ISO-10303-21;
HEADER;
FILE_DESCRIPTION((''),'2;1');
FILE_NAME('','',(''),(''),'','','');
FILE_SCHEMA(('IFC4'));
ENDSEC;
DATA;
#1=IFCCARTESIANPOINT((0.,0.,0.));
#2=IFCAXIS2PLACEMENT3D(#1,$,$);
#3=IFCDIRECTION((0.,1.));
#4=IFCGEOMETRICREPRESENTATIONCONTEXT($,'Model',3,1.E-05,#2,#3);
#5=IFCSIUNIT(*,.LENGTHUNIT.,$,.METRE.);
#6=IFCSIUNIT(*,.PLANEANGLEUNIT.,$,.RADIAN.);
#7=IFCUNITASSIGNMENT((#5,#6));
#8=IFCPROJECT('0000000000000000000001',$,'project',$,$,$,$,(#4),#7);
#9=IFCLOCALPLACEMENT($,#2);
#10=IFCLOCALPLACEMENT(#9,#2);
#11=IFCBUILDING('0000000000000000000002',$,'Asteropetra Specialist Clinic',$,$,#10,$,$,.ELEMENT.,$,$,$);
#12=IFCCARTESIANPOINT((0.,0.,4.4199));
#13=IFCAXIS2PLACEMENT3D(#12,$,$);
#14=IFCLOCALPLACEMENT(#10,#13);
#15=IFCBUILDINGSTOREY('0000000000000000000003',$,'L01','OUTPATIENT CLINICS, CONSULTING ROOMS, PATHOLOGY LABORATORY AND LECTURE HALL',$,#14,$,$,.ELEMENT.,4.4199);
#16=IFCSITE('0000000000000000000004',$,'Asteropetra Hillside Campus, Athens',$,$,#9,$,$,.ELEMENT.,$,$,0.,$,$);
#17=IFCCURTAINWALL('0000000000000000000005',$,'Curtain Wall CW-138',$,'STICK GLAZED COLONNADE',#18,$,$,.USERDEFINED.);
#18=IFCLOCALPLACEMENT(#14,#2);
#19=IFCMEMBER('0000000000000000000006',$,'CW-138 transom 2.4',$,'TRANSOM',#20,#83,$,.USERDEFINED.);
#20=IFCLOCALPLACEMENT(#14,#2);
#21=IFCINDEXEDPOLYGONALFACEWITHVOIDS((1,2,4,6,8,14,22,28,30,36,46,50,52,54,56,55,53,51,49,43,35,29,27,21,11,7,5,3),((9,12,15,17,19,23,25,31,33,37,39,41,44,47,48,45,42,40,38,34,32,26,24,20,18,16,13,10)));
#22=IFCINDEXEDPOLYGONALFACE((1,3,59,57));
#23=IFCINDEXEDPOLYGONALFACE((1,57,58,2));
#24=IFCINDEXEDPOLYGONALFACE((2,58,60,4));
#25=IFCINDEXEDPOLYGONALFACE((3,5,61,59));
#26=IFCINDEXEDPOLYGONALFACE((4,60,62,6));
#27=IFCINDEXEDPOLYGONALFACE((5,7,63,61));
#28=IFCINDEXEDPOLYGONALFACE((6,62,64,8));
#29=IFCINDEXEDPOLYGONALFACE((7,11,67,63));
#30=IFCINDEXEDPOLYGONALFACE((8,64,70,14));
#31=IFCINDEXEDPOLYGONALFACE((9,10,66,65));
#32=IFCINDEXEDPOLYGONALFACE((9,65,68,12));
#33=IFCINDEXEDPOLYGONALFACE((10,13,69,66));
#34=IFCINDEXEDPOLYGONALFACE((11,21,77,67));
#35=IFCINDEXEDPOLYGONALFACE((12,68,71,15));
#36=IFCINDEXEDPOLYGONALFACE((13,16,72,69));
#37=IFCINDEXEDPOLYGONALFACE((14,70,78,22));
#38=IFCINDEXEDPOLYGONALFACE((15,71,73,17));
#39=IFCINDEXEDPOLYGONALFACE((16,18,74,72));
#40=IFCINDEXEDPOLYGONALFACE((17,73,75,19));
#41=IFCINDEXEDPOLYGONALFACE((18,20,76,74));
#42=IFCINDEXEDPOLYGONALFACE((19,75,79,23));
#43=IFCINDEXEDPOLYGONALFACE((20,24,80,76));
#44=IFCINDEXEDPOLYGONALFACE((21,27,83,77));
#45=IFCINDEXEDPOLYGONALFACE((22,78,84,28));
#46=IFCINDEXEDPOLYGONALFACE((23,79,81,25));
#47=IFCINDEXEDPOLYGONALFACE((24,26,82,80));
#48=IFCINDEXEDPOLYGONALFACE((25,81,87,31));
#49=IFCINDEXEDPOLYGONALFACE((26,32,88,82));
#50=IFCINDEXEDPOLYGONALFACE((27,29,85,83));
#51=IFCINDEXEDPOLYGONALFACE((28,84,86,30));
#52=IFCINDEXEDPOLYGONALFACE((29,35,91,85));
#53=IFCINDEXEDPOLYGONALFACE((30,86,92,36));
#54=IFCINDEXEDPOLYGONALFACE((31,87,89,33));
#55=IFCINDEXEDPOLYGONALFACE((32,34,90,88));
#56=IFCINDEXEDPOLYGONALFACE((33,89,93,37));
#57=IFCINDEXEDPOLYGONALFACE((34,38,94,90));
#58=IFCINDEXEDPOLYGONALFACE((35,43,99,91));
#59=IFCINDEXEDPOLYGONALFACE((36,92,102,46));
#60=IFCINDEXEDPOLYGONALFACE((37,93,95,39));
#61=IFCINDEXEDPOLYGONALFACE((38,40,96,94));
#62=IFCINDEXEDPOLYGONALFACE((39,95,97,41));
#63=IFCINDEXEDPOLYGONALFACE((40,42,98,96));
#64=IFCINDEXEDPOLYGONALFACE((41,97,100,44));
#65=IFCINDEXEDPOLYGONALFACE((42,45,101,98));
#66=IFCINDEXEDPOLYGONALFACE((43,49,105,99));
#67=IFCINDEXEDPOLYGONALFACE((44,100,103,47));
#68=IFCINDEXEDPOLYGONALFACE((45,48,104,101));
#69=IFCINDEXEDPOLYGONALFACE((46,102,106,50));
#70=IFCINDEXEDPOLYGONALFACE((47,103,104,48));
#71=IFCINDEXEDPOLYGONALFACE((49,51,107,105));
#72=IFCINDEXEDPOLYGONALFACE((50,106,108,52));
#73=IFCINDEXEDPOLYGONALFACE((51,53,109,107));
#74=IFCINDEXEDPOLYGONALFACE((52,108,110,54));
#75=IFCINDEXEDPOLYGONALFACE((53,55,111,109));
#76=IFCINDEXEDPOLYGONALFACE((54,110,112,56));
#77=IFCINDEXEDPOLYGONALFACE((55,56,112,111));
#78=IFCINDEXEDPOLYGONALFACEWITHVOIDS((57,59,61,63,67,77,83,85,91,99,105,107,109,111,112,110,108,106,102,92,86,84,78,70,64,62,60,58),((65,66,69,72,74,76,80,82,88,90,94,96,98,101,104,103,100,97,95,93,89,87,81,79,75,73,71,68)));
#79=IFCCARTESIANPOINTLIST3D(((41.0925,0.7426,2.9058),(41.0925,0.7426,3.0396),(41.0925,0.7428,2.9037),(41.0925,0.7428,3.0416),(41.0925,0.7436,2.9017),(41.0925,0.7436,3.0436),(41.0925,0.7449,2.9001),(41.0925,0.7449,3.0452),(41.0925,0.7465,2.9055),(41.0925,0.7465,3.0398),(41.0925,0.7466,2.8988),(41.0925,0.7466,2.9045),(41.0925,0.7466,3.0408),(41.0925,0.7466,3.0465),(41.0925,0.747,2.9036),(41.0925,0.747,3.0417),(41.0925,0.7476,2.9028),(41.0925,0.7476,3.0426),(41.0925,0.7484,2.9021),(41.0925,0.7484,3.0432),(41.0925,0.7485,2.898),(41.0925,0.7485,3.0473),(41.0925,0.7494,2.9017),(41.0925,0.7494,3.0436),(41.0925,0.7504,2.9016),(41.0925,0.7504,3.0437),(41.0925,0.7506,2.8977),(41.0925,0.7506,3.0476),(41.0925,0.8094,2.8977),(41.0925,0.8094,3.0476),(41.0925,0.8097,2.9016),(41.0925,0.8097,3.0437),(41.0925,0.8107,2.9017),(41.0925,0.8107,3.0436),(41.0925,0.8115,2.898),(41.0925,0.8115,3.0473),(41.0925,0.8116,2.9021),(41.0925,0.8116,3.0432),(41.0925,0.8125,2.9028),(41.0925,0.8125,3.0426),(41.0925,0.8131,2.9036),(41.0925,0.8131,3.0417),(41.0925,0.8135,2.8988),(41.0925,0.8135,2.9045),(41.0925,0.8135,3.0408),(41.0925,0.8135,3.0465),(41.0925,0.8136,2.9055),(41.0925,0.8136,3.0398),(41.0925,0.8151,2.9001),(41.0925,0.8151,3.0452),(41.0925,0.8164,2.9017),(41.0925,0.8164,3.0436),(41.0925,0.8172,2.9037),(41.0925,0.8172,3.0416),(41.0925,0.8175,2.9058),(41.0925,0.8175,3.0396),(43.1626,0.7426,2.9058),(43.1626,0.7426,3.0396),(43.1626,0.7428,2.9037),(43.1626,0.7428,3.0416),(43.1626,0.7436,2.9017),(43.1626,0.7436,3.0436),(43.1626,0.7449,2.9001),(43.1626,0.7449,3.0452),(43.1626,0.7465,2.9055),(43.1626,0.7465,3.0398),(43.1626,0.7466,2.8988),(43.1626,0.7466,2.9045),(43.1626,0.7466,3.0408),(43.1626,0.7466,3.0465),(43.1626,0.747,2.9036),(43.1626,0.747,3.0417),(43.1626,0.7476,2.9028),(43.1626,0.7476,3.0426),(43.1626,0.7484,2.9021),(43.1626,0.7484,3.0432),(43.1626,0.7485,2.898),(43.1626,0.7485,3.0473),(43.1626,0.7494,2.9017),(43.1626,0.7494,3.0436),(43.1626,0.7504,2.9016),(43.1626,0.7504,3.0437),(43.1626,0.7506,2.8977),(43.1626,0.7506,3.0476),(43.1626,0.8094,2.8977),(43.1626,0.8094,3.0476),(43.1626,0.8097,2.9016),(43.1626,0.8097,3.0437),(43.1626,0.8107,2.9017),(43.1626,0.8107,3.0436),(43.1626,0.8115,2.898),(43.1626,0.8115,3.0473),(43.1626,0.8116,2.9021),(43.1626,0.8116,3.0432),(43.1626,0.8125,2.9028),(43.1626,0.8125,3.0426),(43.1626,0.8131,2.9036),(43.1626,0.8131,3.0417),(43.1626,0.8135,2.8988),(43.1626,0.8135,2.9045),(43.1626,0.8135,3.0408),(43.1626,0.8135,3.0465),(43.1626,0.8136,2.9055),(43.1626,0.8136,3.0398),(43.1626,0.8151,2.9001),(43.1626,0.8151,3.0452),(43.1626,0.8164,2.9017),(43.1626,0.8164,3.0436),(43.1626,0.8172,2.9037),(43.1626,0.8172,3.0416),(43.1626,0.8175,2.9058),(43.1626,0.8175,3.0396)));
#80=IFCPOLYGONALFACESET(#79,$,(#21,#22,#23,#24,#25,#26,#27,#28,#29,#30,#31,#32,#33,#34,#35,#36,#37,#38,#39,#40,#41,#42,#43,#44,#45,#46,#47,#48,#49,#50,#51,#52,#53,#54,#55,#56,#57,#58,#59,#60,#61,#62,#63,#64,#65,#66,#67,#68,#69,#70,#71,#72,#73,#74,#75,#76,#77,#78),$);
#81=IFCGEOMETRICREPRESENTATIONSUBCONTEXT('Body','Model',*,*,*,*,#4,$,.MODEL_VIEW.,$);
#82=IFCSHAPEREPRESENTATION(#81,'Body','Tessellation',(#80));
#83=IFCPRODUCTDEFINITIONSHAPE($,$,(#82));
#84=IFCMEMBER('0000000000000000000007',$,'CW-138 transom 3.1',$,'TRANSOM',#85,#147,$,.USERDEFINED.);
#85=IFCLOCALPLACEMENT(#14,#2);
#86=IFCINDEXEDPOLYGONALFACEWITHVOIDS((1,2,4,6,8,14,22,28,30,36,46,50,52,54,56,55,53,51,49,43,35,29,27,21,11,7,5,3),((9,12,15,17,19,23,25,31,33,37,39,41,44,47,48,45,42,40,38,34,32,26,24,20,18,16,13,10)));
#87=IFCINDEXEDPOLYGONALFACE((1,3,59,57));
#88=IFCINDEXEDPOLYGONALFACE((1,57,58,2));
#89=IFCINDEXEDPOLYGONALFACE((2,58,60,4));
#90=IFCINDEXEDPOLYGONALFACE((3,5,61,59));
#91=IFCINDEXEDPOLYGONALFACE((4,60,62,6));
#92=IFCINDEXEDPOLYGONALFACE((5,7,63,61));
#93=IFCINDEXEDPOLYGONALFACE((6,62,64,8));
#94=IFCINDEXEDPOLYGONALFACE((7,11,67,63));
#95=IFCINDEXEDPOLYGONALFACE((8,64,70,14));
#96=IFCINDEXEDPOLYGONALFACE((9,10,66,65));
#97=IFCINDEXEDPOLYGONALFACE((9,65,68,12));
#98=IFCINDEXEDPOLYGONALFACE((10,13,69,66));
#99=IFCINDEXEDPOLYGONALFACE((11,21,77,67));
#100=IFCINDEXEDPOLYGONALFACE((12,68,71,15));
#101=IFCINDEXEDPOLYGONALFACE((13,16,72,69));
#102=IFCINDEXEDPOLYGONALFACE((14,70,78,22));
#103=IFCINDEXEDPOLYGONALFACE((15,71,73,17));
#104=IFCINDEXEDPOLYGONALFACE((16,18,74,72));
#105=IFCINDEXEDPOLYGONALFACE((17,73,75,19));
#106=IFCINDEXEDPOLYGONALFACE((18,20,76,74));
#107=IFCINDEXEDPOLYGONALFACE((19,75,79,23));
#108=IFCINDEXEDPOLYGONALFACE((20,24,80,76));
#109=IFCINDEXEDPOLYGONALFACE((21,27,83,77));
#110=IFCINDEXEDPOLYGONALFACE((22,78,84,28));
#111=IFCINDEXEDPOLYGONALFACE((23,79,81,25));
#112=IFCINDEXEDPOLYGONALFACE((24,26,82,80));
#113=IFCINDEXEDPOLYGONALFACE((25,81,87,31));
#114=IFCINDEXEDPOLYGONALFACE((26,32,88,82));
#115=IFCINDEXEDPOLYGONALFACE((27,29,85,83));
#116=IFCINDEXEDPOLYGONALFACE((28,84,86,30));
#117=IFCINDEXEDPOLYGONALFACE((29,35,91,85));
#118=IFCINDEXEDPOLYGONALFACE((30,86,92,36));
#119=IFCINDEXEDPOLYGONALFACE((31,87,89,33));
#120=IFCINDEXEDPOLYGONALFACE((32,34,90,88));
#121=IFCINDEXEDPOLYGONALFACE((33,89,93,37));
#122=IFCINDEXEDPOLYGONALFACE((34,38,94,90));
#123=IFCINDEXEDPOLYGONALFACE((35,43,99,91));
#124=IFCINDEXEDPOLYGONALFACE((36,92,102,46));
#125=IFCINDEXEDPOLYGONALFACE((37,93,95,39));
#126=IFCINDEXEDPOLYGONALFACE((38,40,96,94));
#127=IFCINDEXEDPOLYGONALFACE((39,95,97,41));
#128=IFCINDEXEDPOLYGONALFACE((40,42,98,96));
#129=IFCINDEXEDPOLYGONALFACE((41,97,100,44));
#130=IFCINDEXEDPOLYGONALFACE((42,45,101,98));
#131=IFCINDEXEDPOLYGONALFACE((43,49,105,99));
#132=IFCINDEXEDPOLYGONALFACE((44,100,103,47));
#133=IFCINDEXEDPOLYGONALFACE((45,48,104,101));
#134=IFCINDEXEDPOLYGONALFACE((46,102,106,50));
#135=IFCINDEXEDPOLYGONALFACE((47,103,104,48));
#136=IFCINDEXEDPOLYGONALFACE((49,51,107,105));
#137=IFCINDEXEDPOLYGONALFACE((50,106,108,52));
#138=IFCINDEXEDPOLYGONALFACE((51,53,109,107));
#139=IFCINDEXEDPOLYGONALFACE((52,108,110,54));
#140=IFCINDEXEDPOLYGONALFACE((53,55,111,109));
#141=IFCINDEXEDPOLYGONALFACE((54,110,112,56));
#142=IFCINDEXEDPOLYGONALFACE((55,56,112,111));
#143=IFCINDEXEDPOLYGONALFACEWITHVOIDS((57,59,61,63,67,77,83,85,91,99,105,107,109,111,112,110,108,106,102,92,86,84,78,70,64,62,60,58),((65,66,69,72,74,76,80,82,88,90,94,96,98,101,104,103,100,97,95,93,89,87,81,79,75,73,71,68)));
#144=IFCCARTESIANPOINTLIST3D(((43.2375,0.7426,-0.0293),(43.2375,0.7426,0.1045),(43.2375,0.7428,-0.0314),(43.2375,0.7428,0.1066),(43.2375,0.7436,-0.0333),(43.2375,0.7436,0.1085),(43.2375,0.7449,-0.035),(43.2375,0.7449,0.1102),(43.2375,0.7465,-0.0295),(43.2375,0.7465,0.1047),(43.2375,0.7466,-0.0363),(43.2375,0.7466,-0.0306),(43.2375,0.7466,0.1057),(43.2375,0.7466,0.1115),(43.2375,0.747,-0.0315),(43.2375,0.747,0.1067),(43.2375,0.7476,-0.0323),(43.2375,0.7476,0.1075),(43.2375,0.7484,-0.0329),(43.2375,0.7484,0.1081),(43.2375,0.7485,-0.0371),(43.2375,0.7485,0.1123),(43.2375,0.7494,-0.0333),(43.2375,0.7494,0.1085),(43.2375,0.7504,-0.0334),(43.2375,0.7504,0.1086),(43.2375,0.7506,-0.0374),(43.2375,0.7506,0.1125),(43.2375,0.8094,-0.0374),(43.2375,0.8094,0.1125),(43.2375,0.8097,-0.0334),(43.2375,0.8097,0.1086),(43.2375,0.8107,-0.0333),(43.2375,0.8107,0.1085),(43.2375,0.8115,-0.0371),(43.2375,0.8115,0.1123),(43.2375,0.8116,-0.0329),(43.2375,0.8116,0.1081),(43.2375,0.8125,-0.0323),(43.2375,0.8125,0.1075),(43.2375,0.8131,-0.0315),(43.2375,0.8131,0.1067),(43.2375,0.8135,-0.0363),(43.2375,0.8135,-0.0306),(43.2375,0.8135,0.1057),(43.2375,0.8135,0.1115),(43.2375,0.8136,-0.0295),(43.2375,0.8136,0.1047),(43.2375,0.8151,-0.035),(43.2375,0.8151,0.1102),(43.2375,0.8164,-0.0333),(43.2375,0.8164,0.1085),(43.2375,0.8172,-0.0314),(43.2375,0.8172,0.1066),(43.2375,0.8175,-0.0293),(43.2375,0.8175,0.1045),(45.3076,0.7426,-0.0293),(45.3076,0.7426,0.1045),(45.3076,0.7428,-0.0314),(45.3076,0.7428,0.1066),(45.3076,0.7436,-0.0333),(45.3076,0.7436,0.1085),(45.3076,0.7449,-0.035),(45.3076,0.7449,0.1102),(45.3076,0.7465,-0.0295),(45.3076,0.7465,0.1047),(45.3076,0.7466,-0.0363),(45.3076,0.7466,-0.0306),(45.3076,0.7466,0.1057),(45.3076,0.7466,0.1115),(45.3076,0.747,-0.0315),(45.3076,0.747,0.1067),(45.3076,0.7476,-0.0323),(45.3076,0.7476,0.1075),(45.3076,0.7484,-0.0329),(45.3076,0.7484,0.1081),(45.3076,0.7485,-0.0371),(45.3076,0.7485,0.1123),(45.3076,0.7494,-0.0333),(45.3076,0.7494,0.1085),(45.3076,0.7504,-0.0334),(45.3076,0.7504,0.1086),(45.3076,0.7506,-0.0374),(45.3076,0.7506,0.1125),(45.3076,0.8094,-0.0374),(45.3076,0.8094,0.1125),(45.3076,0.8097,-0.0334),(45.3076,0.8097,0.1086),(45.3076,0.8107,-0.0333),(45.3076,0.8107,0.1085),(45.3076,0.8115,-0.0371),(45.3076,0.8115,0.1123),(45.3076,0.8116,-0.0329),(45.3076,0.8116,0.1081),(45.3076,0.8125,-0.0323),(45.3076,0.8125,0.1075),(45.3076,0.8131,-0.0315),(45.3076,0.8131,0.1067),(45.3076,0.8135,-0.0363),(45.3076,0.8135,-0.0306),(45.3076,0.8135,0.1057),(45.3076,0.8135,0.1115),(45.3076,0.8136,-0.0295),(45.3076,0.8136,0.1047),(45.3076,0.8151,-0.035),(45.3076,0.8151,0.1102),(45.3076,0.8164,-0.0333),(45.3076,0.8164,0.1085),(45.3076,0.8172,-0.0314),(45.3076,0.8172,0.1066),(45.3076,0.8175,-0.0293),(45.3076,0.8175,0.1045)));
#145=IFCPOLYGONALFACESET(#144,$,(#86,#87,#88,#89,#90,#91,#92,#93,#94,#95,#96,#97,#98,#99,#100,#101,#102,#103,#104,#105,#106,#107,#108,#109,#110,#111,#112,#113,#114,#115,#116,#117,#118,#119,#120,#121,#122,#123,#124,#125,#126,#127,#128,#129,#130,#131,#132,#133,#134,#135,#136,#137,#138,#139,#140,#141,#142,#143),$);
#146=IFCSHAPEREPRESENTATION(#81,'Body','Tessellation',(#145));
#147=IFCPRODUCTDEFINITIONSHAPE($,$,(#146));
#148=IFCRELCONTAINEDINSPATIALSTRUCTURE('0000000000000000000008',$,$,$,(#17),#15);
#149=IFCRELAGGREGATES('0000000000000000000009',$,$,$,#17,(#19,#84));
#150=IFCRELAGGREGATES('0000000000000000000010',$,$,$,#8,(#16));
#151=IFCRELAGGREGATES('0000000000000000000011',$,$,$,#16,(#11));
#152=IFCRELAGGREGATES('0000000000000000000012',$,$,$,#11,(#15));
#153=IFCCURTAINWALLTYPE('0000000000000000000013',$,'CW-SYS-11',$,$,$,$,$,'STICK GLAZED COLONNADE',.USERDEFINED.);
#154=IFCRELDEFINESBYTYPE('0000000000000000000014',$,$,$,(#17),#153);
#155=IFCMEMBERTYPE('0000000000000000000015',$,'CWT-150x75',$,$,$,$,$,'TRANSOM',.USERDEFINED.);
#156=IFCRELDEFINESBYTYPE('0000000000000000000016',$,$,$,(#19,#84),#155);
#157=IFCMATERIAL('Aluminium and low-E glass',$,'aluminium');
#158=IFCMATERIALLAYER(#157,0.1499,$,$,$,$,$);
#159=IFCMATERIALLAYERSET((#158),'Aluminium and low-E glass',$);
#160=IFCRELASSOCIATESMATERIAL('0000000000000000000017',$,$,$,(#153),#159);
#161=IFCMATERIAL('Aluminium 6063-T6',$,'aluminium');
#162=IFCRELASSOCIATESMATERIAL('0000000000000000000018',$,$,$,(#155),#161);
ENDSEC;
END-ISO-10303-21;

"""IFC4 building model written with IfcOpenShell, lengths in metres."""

from ifc_helpers import new_model, si_unit, direction, frame, origin, origin_2d, place, context, subcontext, project, spatial, hollow_rectangle, extrude, material, layer, layer_set, material_profile, profile_set, type_object, element, aggregate, save


model = new_model("IFC4")

# Units and contexts
model_context = context("Model", 3, precision=1e-05, world=origin(), true_north=direction((0.0, 1.0)))
body_context = subcontext(model_context, "Body", "Model", "MODEL_VIEW")
ifc_project = project(units=[si_unit("LENGTHUNIT", "METRE"), si_unit("PLANEANGLEUNIT", "RADIAN")], contexts=[model_context])

# Site, building, storey
site_placement = place(None, origin())
site = spatial("IfcSite", under=ifc_project, at=site_placement, Name="Asteropetra Hillside Campus, Athens", CompositionType="ELEMENT", RefElevation=0.0)
building_placement = place(site_placement, origin())
building = spatial("IfcBuilding", under=site, at=building_placement, Name="Asteropetra Specialist Clinic", CompositionType="ELEMENT")
storey_placement = place(building_placement, frame((0.0, 0.0, 4.4199)))
storey = spatial("IfcBuildingStorey", under=building, at=storey_placement, Name="L01", Description="OUTPATIENT CLINICS, CONSULTING ROOMS, PATHOLOGY LABORATORY AND LECTURE HALL", CompositionType="ELEMENT", Elevation=4.4199)

# Curtain wall, members
ifc_material_1 = material(Name="Aluminium and low-E glass", Category="aluminium")
ifc_layer_1 = layer(ifc_material_1, 0.1499)
ifc_layer_set_1 = layer_set([ifc_layer_1], Name="Aluminium and low-E glass")
curtain_wall_type = type_object("IfcCurtainWallType", Name="CW-SYS-11", ElementType="STICK GLAZED COLONNADE", PredefinedType="USERDEFINED", material=ifc_layer_set_1)
curtain_wall_placement = place(storey_placement, origin())
curtain_wall = element("IfcCurtainWall", 1, at=curtain_wall_placement, inside=storey, type_object=curtain_wall_type, Name="Curtain Wall CW-138", ObjectType="STICK GLAZED COLONNADE", PredefinedType="USERDEFINED")
ifc_material_2 = material(Name="Aluminium 6063-T6", Category="aluminium")
ifc_material_profile_1 = material_profile(ifc_material_2, hollow_rectangle(XDim=0.075, YDim=0.1499, WallThickness=0.0039, InnerFilletRadius=0.0039, OuterFilletRadius=0.0081, at=origin_2d()), Name="TRN 150x75x4.0")
ifc_profile_set_1 = profile_set([ifc_material_profile_1], Name="Aluminium 6063-T6")
member_type_1 = type_object("IfcMemberType", Name="CWT-150x75", ElementType="TRANSOM", PredefinedType="USERDEFINED", material=ifc_profile_set_1)
member_1_placement = place(storey_placement, frame((41.0925, 0.78, 2.9727), z_axis=(1.0, 0.0, 0.0), x_axis=(0.0, 1.0, 0.0)))
member_1 = element("IfcMember", 2, at=member_1_placement, type_object=member_type_1, Name="CW-138 transom 2.4", ObjectType="TRANSOM", PredefinedType="USERDEFINED", context=body_context, shape_type="SweptSolid", body=[
    extrude(hollow_rectangle(XDim=0.075, YDim=0.1499, WallThickness=0.0039, InnerFilletRadius=0.0039, OuterFilletRadius=0.0081, at=origin_2d()), origin(), (0.0, 0.0, 1.0), 2.0701),
])
member_2_placement = place(storey_placement, frame((43.2375, 0.78, 0.0376), z_axis=(1.0, 0.0, 0.0), x_axis=(0.0, 1.0, 0.0)))
member_2 = element("IfcMember", 3, at=member_2_placement, type_object=member_type_1, Name="CW-138 transom 3.1", ObjectType="TRANSOM", PredefinedType="USERDEFINED", context=body_context, shape_type="SweptSolid", body=[
    extrude(hollow_rectangle(XDim=0.075, YDim=0.1499, WallThickness=0.0039, InnerFilletRadius=0.0039, OuterFilletRadius=0.0081, at=origin_2d()), origin(), (0.0, 0.0, 1.0), 2.0701),
])

aggregate(curtain_wall, [member_1, member_2])

save(model, "model.ifc")
